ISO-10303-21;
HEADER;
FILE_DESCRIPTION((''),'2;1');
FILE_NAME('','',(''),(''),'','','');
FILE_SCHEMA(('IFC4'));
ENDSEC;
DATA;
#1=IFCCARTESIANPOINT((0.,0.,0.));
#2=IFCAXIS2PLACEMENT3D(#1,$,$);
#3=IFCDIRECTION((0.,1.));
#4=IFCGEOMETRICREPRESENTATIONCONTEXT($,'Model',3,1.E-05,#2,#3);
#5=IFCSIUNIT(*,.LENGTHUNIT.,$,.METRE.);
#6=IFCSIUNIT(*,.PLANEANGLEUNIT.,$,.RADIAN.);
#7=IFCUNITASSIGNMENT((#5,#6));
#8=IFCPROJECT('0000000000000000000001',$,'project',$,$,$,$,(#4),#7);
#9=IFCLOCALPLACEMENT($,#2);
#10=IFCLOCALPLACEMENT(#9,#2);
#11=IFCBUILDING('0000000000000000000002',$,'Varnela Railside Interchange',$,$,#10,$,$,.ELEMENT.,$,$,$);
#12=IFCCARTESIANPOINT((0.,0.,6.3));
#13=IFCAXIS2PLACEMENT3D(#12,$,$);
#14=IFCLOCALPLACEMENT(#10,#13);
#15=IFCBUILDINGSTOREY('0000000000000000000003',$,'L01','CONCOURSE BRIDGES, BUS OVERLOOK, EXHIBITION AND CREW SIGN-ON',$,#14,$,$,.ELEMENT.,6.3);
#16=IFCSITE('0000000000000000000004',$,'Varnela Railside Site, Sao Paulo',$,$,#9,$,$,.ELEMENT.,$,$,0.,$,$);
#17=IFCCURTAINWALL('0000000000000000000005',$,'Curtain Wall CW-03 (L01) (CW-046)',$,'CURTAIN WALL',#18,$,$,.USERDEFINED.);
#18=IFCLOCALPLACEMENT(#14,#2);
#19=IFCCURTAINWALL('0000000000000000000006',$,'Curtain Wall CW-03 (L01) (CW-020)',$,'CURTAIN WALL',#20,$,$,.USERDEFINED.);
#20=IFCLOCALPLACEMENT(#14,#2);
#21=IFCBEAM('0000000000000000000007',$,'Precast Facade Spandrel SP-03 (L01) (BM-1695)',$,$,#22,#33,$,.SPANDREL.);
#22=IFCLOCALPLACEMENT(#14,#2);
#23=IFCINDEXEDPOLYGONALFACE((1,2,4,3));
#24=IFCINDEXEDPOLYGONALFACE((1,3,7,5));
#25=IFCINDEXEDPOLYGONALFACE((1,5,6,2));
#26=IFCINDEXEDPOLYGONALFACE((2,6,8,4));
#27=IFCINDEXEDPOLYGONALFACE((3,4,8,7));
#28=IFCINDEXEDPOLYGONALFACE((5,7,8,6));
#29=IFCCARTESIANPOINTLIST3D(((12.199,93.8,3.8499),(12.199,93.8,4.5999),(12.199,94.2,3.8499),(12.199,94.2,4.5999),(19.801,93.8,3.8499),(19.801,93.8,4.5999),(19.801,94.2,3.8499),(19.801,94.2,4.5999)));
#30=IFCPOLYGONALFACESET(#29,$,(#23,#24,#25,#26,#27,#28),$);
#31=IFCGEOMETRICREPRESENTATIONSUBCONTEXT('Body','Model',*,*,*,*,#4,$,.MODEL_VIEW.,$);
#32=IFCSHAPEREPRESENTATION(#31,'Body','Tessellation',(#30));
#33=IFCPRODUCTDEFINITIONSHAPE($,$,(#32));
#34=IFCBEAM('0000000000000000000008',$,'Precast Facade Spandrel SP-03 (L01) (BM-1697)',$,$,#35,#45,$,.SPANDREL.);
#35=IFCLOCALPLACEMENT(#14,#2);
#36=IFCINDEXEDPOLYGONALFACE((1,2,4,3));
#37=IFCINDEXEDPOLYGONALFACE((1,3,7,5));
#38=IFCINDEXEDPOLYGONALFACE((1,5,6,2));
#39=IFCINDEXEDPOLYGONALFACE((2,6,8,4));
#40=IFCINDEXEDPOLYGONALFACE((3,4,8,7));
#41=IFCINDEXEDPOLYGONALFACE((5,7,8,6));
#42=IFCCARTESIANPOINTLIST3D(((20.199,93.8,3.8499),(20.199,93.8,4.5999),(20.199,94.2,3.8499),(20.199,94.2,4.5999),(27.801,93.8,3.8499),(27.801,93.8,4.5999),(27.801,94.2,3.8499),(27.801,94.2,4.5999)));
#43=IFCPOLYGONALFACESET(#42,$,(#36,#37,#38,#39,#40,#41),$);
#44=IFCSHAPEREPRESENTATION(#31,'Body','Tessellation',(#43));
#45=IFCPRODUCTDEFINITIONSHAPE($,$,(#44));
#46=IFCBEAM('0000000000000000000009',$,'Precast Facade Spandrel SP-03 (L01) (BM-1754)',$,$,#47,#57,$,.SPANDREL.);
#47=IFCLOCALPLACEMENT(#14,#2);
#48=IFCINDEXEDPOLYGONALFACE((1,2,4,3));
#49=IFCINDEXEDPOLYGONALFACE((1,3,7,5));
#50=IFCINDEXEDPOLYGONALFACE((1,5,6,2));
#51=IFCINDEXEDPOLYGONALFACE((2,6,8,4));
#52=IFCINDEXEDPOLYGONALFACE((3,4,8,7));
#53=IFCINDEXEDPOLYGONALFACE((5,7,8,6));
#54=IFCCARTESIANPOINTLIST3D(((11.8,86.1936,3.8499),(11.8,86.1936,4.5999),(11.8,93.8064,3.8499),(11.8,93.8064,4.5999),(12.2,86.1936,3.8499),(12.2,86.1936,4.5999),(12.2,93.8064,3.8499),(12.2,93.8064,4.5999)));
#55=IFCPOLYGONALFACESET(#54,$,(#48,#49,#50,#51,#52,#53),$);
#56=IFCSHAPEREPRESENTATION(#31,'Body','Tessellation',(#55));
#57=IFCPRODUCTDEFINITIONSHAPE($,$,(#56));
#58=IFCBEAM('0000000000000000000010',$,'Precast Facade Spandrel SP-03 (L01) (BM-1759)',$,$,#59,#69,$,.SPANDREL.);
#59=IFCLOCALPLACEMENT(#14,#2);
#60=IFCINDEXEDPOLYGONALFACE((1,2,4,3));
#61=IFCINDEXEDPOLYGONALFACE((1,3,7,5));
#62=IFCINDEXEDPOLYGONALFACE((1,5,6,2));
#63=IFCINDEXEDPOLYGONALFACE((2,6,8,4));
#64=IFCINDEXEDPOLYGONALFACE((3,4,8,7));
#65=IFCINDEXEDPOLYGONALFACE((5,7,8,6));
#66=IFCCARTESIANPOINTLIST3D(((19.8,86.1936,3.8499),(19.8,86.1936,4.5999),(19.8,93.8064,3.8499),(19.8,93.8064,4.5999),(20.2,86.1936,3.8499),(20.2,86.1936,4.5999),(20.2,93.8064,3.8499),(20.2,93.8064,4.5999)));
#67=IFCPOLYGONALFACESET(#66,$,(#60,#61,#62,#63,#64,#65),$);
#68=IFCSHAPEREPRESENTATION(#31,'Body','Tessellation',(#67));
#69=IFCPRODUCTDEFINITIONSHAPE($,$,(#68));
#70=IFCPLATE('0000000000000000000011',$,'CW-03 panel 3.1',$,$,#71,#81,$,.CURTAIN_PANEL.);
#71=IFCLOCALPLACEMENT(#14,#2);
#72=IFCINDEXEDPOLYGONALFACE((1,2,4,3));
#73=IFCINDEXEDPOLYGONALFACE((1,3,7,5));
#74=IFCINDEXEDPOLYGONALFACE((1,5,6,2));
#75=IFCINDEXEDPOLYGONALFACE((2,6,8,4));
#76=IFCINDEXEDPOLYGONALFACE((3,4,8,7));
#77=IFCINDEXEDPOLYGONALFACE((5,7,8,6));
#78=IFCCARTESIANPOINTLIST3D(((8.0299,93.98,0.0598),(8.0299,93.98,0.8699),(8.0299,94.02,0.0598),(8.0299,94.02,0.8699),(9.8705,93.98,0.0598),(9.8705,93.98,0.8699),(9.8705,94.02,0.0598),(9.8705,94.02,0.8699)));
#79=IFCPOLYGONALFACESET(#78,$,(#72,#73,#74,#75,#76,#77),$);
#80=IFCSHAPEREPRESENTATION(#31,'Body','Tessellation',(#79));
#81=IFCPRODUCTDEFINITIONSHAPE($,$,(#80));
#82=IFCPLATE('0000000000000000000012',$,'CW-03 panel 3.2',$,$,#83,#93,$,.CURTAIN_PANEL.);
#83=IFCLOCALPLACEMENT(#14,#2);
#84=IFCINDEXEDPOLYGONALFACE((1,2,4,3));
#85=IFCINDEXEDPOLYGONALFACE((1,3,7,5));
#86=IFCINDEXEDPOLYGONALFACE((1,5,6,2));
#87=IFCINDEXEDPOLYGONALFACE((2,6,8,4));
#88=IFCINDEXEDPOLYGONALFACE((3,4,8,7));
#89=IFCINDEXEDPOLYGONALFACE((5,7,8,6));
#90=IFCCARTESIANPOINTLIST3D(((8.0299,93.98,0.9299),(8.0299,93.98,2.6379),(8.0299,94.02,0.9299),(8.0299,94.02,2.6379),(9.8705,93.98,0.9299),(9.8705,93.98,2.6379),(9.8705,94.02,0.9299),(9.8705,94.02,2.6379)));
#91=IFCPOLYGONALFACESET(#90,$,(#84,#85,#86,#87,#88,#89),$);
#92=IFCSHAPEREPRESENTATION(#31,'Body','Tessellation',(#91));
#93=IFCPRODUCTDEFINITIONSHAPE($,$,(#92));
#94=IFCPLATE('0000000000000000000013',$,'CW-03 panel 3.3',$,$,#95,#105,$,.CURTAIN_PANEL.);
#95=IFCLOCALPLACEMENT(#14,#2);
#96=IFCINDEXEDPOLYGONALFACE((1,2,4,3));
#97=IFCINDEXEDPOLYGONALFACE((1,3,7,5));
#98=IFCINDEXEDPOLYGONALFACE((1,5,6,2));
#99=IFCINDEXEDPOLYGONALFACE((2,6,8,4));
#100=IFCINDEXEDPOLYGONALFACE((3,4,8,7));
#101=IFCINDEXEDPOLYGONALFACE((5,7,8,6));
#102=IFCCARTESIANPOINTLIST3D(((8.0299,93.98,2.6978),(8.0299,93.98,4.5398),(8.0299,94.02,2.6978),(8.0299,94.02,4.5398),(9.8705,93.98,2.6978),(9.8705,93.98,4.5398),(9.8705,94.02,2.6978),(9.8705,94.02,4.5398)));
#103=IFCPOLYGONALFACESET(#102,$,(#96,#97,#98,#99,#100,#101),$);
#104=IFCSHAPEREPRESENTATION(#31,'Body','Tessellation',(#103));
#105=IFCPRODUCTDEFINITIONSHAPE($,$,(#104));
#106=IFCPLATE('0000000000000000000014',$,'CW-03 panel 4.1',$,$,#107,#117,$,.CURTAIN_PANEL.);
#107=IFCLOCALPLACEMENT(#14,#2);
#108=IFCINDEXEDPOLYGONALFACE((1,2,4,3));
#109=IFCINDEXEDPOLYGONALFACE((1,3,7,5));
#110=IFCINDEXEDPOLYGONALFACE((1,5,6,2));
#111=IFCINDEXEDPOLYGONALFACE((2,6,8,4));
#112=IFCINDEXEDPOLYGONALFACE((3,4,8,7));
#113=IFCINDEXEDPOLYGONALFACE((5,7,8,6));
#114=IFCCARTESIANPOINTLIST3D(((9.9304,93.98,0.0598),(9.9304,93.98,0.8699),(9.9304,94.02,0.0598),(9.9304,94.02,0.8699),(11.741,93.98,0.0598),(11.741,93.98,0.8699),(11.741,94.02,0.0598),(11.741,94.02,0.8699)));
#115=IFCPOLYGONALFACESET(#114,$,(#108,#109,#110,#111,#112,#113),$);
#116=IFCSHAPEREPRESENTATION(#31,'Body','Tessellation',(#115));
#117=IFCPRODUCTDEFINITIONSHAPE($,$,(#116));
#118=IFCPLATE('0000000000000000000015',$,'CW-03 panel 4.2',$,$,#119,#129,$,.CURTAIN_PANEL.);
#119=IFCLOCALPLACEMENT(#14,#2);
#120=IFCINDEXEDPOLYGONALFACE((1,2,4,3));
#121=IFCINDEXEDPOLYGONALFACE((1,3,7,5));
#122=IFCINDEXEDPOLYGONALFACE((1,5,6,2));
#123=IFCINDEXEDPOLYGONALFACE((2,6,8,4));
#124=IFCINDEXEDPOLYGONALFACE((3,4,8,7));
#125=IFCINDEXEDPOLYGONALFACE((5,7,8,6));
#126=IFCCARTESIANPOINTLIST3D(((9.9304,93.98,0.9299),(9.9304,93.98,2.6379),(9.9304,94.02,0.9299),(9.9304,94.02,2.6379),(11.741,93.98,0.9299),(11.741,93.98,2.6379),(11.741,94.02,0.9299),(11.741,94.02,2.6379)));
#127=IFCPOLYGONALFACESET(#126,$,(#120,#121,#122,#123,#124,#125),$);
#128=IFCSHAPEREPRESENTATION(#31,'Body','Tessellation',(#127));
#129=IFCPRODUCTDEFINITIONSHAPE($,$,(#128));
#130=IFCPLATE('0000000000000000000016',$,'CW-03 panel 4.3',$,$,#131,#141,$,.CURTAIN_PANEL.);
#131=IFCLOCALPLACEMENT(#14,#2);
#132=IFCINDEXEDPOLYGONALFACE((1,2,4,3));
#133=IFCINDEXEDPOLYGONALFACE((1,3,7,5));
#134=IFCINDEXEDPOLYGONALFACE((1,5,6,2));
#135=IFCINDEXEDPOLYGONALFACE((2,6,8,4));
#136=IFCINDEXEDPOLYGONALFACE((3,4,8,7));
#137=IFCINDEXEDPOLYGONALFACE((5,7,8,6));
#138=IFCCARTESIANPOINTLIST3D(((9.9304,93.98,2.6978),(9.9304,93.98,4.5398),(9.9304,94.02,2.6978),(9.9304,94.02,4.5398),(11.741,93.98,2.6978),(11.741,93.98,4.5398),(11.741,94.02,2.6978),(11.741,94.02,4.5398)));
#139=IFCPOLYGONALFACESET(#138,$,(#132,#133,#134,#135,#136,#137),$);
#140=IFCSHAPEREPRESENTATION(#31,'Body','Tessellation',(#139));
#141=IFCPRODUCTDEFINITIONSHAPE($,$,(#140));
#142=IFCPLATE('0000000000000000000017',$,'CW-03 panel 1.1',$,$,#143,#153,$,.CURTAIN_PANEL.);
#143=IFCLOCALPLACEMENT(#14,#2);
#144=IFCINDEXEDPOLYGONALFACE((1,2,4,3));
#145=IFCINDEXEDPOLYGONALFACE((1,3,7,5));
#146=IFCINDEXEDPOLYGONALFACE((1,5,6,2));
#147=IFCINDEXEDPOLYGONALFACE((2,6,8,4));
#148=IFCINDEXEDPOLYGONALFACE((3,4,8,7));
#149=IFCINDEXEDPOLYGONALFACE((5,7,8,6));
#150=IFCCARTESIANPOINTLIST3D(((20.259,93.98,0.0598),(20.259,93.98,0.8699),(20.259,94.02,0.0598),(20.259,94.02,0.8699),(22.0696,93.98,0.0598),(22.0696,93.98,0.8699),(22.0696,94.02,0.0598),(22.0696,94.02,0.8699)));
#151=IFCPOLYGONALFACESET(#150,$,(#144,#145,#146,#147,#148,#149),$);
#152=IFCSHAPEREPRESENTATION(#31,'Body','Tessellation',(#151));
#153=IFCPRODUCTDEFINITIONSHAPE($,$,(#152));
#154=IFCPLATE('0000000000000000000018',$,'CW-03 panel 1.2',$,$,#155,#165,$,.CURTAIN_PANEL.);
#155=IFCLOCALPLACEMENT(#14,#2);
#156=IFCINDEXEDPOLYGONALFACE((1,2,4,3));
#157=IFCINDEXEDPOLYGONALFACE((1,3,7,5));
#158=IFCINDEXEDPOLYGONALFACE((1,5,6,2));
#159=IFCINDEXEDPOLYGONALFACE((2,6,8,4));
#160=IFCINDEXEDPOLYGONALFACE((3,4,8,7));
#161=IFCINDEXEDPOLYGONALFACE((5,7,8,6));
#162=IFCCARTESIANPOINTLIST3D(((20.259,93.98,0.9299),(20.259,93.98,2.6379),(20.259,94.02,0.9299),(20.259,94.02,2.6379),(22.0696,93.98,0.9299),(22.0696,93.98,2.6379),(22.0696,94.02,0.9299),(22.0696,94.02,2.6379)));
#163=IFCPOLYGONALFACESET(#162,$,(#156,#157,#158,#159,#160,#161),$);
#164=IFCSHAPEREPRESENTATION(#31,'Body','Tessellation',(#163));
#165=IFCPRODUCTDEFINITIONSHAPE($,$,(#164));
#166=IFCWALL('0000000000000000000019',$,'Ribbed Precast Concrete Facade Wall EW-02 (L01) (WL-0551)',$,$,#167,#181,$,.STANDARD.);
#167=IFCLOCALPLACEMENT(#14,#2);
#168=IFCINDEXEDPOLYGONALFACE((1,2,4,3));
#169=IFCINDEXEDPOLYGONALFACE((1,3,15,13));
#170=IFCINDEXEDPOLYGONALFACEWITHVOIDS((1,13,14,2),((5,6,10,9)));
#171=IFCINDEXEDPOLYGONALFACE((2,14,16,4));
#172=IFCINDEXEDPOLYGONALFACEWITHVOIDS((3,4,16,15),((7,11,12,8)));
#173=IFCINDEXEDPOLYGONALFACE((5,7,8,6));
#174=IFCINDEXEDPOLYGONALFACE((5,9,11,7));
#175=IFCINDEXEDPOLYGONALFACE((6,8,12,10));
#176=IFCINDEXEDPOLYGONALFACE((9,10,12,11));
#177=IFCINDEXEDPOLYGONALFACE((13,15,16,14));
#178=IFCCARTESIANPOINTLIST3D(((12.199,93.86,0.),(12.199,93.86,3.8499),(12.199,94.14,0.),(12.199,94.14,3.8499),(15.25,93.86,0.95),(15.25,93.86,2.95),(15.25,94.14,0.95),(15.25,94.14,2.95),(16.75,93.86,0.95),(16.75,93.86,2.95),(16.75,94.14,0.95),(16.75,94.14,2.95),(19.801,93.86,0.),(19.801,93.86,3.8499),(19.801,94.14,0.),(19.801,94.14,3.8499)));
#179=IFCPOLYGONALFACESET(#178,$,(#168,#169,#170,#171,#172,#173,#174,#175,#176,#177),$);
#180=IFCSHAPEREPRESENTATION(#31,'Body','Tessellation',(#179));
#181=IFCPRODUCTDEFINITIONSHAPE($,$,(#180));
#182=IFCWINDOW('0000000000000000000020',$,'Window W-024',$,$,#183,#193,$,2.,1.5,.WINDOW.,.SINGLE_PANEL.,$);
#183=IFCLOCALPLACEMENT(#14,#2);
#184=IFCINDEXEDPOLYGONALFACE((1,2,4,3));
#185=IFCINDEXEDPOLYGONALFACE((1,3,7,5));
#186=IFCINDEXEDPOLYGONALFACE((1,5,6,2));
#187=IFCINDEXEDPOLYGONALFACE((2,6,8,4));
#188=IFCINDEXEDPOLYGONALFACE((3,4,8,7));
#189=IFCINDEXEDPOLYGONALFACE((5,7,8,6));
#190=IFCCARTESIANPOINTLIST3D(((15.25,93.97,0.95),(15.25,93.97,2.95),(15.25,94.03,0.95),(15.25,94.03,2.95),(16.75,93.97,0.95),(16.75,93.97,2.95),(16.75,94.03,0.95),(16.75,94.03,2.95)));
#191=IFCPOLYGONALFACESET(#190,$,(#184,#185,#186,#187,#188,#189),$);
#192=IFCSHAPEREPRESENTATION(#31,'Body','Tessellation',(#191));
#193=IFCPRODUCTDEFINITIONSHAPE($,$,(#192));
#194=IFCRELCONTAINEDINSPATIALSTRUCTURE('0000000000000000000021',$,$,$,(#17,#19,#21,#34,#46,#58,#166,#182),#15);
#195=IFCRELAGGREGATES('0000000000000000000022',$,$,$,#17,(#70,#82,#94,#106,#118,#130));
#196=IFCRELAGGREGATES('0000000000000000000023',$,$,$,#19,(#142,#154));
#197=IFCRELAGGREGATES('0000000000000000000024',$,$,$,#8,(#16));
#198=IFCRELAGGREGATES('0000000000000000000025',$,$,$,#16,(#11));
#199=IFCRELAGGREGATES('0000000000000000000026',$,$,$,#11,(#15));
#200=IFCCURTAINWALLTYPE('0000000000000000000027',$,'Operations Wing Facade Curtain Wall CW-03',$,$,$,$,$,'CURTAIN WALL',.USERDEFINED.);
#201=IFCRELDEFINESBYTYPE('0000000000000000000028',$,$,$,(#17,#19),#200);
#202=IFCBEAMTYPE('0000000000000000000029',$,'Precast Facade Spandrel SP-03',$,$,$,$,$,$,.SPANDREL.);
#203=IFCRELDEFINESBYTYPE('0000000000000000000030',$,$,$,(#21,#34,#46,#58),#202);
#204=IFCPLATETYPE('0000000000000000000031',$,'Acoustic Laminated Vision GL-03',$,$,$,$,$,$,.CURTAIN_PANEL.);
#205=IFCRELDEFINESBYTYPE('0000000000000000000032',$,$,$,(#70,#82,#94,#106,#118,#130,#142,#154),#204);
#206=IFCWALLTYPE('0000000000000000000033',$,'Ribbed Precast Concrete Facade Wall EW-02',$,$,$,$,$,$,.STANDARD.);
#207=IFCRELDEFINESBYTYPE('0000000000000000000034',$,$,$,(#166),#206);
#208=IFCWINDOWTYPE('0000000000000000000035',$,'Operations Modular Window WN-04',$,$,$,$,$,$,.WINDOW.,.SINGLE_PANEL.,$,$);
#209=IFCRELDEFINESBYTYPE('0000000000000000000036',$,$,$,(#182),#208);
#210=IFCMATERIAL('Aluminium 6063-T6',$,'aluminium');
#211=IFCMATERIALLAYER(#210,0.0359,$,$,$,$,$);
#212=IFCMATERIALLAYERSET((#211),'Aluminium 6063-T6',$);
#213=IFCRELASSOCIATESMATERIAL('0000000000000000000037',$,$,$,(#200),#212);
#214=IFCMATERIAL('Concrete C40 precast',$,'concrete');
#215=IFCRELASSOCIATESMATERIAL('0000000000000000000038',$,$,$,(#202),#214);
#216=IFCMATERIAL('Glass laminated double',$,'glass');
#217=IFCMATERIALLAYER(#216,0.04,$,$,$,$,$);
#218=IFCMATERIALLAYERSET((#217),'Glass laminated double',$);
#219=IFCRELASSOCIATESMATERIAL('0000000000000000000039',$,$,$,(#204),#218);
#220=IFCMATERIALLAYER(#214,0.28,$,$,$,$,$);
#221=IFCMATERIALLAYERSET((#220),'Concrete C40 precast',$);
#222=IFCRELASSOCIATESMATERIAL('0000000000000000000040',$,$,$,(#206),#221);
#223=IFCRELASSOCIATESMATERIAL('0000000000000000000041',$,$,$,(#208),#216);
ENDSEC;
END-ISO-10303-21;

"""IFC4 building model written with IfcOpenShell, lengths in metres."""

from ifc_helpers import new_model, si_unit, direction, frame, frame_2d, origin, origin_2d, place, context, subcontext, project, spatial, rectangle, extrude, material, layer, layer_set, material_profile, profile_set, type_object, element, fill, aggregate, save


model = new_model("IFC4")

# Units and contexts
model_context = context("Model", 3, precision=1e-05, world=origin(), true_north=direction((0.0, 1.0)))
body_context = subcontext(model_context, "Body", "Model", "MODEL_VIEW")
ifc_project = project(units=[si_unit("LENGTHUNIT", "METRE"), si_unit("PLANEANGLEUNIT", "RADIAN")], contexts=[model_context])

# Site, building, storey
site_placement = place(None, origin())
site = spatial("IfcSite", under=ifc_project, at=site_placement, Name="Varnela Railside Site, Sao Paulo", CompositionType="ELEMENT", RefElevation=0.0)
building_placement = place(site_placement, origin())
building = spatial("IfcBuilding", under=site, at=building_placement, Name="Varnela Railside Interchange", CompositionType="ELEMENT")
storey_placement = place(building_placement, frame((0.0, 0.0, 6.3)))
storey = spatial("IfcBuildingStorey", under=building, at=storey_placement, Name="L01", Description="CONCOURSE BRIDGES, BUS OVERLOOK, EXHIBITION AND CREW SIGN-ON", CompositionType="ELEMENT", Elevation=6.3)

# Curtain wall
ifc_material_1 = material(Name="Aluminium 6063-T6", Category="aluminium")
ifc_layer_1 = layer(ifc_material_1, 0.0359)
ifc_layer_set_1 = layer_set([ifc_layer_1], Name="Aluminium 6063-T6")
curtain_wall_type = type_object("IfcCurtainWallType", Name="Operations Wing Facade Curtain Wall CW-03", ElementType="CURTAIN WALL", PredefinedType="USERDEFINED", material=ifc_layer_set_1)
curtain_wall_1_placement = place(storey_placement, origin())
curtain_wall_1 = element("IfcCurtainWall", 1, at=curtain_wall_1_placement, inside=storey, type_object=curtain_wall_type, Name="Curtain Wall CW-03 (L01) (CW-046)", ObjectType="CURTAIN WALL", PredefinedType="USERDEFINED")

# Curtain wall
curtain_wall_2_placement = place(storey_placement, origin())
curtain_wall_2 = element("IfcCurtainWall", 2, at=curtain_wall_2_placement, inside=storey, type_object=curtain_wall_type, Name="Curtain Wall CW-03 (L01) (CW-020)", ObjectType="CURTAIN WALL", PredefinedType="USERDEFINED")

# Beams
ifc_material_2 = material(Name="Concrete C40 precast", Category="concrete")
ifc_material_profile_1 = material_profile(ifc_material_2, rectangle(XDim=0.3999, YDim=0.75, at=origin_2d()), Name="PC 400x750")
ifc_profile_set_1 = profile_set([ifc_material_profile_1], Name="Concrete C40 precast")
beam_type = type_object("IfcBeamType", Name="Precast Facade Spandrel SP-03", PredefinedType="SPANDREL", material=ifc_profile_set_1)
for number, where, z_axis, x_axis, name in (
    (3, (12.199, 94.0, 4.2249), (1.0, 0.0, 0.0), (0.0, 1.0, 0.0), "Precast Facade Spandrel SP-03 (L01) (BM-1695)"),
    (4, (20.199, 94.0, 4.2249), (1.0, 0.0, 0.0), (0.0, 1.0, 0.0), "Precast Facade Spandrel SP-03 (L01) (BM-1697)"),
):
    element("IfcBeam", number, at=place(storey_placement, frame(where, z_axis=z_axis, x_axis=x_axis)), inside=storey, type_object=beam_type, Name=name, PredefinedType="SPANDREL", context=body_context, shape_type="SweptSolid", body=[
        extrude(rectangle(XDim=0.3999, YDim=0.75, at=origin_2d()), origin(), (0.0, 0.0, 1.0), 7.6021),
    ])
for number, where, z_axis, x_axis, name in (
    (5, (12.0, 86.1936, 4.2249), (0.0, 1.0, 0.0), (-1.0, 0.0, 0.0), "Precast Facade Spandrel SP-03 (L01) (BM-1754)"),
    (6, (20.0, 86.1936, 4.2249), (0.0, 1.0, 0.0), (-1.0, 0.0, 0.0), "Precast Facade Spandrel SP-03 (L01) (BM-1759)"),
):
    element("IfcBeam", number, at=place(storey_placement, frame(where, z_axis=z_axis, x_axis=x_axis)), inside=storey, type_object=beam_type, Name=name, PredefinedType="SPANDREL", context=body_context, shape_type="SweptSolid", body=[
        extrude(rectangle(XDim=0.3999, YDim=0.75, at=origin_2d()), origin(), (0.0, 0.0, 1.0), 7.6128),
    ])

# Plates
ifc_material_3 = material(Name="Glass laminated double", Category="glass")
ifc_layer_2 = layer(ifc_material_3, 0.04)
ifc_layer_set_2 = layer_set([ifc_layer_2], Name="Glass laminated double")
plate_type = type_object("IfcPlateType", Name="Acoustic Laminated Vision GL-03", PredefinedType="CURTAIN_PANEL", material=ifc_layer_set_2)
plate_1_placement = place(storey_placement, frame((8.9502, 94.0, 0.0598), z_axis=(0.0, 0.0, 1.0), x_axis=(1.0, 0.0, 0.0)))
plate_1 = element("IfcPlate", 7, at=plate_1_placement, type_object=plate_type, Name="CW-03 panel 3.1", PredefinedType="CURTAIN_PANEL", context=body_context, shape_type="SweptSolid", body=[
    extrude(rectangle(XDim=1.8406, YDim=0.04, at=origin_2d()), origin(), (0.0, 0.0, 1.0), 0.8101),
])
plate_2_placement = place(storey_placement, frame((8.9502, 94.0, 0.9299), z_axis=(0.0, 0.0, 1.0), x_axis=(1.0, 0.0, 0.0)))
plate_2 = element("IfcPlate", 8, at=plate_2_placement, type_object=plate_type, Name="CW-03 panel 3.2", PredefinedType="CURTAIN_PANEL", context=body_context, shape_type="SweptSolid", body=[
    extrude(rectangle(XDim=1.8406, YDim=0.04, at=origin_2d()), origin(), (0.0, 0.0, 1.0), 1.708),
])
plate_3_placement = place(storey_placement, frame((8.9502, 94.0, 2.6978), z_axis=(0.0, 0.0, 1.0), x_axis=(1.0, 0.0, 0.0)))
plate_3 = element("IfcPlate", 9, at=plate_3_placement, type_object=plate_type, Name="CW-03 panel 3.3", PredefinedType="CURTAIN_PANEL", context=body_context, shape_type="SweptSolid", body=[
    extrude(rectangle(XDim=1.8406, YDim=0.04, at=origin_2d()), origin(), (0.0, 0.0, 1.0), 1.842),
])
plate_4_placement = place(storey_placement, frame((10.8357, 94.0, 0.0598), z_axis=(0.0, 0.0, 1.0), x_axis=(1.0, 0.0, 0.0)))
plate_4 = element("IfcPlate", 10, at=plate_4_placement, type_object=plate_type, Name="CW-03 panel 4.1", PredefinedType="CURTAIN_PANEL", context=body_context, shape_type="SweptSolid", body=[
    extrude(rectangle(XDim=1.8105, YDim=0.04, at=origin_2d()), origin(), (0.0, 0.0, 1.0), 0.8101),
])
plate_5_placement = place(storey_placement, frame((10.8357, 94.0, 0.9299), z_axis=(0.0, 0.0, 1.0), x_axis=(1.0, 0.0, 0.0)))
plate_5 = element("IfcPlate", 11, at=plate_5_placement, type_object=plate_type, Name="CW-03 panel 4.2", PredefinedType="CURTAIN_PANEL", context=body_context, shape_type="SweptSolid", body=[
    extrude(rectangle(XDim=1.8105, YDim=0.04, at=origin_2d()), origin(), (0.0, 0.0, 1.0), 1.708),
])
plate_6_placement = place(storey_placement, frame((10.8357, 94.0, 2.6978), z_axis=(0.0, 0.0, 1.0), x_axis=(1.0, 0.0, 0.0)))
plate_6 = element("IfcPlate", 12, at=plate_6_placement, type_object=plate_type, Name="CW-03 panel 4.3", PredefinedType="CURTAIN_PANEL", context=body_context, shape_type="SweptSolid", body=[
    extrude(rectangle(XDim=1.8105, YDim=0.04, at=origin_2d()), origin(), (0.0, 0.0, 1.0), 1.842),
])
aggregate(curtain_wall_1, [plate_1, plate_2, plate_3, plate_4, plate_5, plate_6])
plate_7_placement = place(storey_placement, frame((21.1643, 94.0, 0.0598), z_axis=(0.0, 0.0, 1.0), x_axis=(1.0, 0.0, 0.0)))
plate_7 = element("IfcPlate", 13, at=plate_7_placement, type_object=plate_type, Name="CW-03 panel 1.1", PredefinedType="CURTAIN_PANEL", context=body_context, shape_type="SweptSolid", body=[
    extrude(rectangle(XDim=1.8105, YDim=0.04, at=origin_2d()), origin(), (0.0, 0.0, 1.0), 0.8101),
])
plate_8_placement = place(storey_placement, frame((21.1643, 94.0, 0.9299), z_axis=(0.0, 0.0, 1.0), x_axis=(1.0, 0.0, 0.0)))
plate_8 = element("IfcPlate", 14, at=plate_8_placement, type_object=plate_type, Name="CW-03 panel 1.2", PredefinedType="CURTAIN_PANEL", context=body_context, shape_type="SweptSolid", body=[
    extrude(rectangle(XDim=1.8105, YDim=0.04, at=origin_2d()), origin(), (0.0, 0.0, 1.0), 1.708),
])
aggregate(curtain_wall_2, [plate_7, plate_8])

# Wall, opening, window
ifc_layer_3 = layer(ifc_material_2, 0.28)
ifc_layer_set_3 = layer_set([ifc_layer_3], Name="Concrete C40 precast")
wall_type = type_object("IfcWallType", Name="Ribbed Precast Concrete Facade Wall EW-02", PredefinedType="STANDARD", material=ifc_layer_set_3)
wall_placement = place(storey_placement, frame((12.199, 94.0, 0.0), z_axis=(0.0, 0.0, 1.0), x_axis=(1.0, 0.0, 0.0)))
wall = element("IfcWall", 15, at=wall_placement, inside=storey, type_object=wall_type, Name="Ribbed Precast Concrete Facade Wall EW-02 (L01) (WL-0551)", PredefinedType="STANDARD", context=body_context, shape_type="SweptSolid", body=[
    extrude(rectangle(XDim=7.6021, YDim=0.28, at=frame_2d((3.801, 0.0))), origin(), (0.0, 0.0, 1.0), 3.8499),
])
opening_placement = place(wall_placement, frame((3.051, 0.0, 0.95)))
opening = element("IfcOpeningElement", 16, at=opening_placement, cuts=wall, PredefinedType="OPENING", context=body_context, shape_type="SweptSolid", body=[
    extrude(rectangle(XDim=1.5, YDim=2.0, at=frame_2d((0.75, 1.0))), frame((0.0, 0.1499, 0.0), z_axis=(0.0, -1.0, 0.0), x_axis=(1.0, 0.0, 0.0)), (0.0, 0.0, 1.0), 0.3),
])
window_type = type_object("IfcWindowType", Name="Operations Modular Window WN-04", PartitioningType="SINGLE_PANEL", PredefinedType="WINDOW", material=ifc_material_3)
window_placement = place(opening_placement, origin())
window = element("IfcWindow", 17, at=window_placement, inside=storey, type_object=window_type, Name="Window W-024", OverallHeight=2.0, OverallWidth=1.5, PartitioningType="SINGLE_PANEL", PredefinedType="WINDOW", context=body_context, shape_type="SweptSolid", body=[
    extrude(rectangle(XDim=1.5, YDim=2.0, at=frame_2d((0.75, 1.0))), frame((0.0, 0.03, 0.0), z_axis=(0.0, -1.0, 0.0), x_axis=(1.0, 0.0, 0.0)), (0.0, 0.0, 1.0), 0.0601),
])
fill(opening, window)

save(model, "model.ifc")
